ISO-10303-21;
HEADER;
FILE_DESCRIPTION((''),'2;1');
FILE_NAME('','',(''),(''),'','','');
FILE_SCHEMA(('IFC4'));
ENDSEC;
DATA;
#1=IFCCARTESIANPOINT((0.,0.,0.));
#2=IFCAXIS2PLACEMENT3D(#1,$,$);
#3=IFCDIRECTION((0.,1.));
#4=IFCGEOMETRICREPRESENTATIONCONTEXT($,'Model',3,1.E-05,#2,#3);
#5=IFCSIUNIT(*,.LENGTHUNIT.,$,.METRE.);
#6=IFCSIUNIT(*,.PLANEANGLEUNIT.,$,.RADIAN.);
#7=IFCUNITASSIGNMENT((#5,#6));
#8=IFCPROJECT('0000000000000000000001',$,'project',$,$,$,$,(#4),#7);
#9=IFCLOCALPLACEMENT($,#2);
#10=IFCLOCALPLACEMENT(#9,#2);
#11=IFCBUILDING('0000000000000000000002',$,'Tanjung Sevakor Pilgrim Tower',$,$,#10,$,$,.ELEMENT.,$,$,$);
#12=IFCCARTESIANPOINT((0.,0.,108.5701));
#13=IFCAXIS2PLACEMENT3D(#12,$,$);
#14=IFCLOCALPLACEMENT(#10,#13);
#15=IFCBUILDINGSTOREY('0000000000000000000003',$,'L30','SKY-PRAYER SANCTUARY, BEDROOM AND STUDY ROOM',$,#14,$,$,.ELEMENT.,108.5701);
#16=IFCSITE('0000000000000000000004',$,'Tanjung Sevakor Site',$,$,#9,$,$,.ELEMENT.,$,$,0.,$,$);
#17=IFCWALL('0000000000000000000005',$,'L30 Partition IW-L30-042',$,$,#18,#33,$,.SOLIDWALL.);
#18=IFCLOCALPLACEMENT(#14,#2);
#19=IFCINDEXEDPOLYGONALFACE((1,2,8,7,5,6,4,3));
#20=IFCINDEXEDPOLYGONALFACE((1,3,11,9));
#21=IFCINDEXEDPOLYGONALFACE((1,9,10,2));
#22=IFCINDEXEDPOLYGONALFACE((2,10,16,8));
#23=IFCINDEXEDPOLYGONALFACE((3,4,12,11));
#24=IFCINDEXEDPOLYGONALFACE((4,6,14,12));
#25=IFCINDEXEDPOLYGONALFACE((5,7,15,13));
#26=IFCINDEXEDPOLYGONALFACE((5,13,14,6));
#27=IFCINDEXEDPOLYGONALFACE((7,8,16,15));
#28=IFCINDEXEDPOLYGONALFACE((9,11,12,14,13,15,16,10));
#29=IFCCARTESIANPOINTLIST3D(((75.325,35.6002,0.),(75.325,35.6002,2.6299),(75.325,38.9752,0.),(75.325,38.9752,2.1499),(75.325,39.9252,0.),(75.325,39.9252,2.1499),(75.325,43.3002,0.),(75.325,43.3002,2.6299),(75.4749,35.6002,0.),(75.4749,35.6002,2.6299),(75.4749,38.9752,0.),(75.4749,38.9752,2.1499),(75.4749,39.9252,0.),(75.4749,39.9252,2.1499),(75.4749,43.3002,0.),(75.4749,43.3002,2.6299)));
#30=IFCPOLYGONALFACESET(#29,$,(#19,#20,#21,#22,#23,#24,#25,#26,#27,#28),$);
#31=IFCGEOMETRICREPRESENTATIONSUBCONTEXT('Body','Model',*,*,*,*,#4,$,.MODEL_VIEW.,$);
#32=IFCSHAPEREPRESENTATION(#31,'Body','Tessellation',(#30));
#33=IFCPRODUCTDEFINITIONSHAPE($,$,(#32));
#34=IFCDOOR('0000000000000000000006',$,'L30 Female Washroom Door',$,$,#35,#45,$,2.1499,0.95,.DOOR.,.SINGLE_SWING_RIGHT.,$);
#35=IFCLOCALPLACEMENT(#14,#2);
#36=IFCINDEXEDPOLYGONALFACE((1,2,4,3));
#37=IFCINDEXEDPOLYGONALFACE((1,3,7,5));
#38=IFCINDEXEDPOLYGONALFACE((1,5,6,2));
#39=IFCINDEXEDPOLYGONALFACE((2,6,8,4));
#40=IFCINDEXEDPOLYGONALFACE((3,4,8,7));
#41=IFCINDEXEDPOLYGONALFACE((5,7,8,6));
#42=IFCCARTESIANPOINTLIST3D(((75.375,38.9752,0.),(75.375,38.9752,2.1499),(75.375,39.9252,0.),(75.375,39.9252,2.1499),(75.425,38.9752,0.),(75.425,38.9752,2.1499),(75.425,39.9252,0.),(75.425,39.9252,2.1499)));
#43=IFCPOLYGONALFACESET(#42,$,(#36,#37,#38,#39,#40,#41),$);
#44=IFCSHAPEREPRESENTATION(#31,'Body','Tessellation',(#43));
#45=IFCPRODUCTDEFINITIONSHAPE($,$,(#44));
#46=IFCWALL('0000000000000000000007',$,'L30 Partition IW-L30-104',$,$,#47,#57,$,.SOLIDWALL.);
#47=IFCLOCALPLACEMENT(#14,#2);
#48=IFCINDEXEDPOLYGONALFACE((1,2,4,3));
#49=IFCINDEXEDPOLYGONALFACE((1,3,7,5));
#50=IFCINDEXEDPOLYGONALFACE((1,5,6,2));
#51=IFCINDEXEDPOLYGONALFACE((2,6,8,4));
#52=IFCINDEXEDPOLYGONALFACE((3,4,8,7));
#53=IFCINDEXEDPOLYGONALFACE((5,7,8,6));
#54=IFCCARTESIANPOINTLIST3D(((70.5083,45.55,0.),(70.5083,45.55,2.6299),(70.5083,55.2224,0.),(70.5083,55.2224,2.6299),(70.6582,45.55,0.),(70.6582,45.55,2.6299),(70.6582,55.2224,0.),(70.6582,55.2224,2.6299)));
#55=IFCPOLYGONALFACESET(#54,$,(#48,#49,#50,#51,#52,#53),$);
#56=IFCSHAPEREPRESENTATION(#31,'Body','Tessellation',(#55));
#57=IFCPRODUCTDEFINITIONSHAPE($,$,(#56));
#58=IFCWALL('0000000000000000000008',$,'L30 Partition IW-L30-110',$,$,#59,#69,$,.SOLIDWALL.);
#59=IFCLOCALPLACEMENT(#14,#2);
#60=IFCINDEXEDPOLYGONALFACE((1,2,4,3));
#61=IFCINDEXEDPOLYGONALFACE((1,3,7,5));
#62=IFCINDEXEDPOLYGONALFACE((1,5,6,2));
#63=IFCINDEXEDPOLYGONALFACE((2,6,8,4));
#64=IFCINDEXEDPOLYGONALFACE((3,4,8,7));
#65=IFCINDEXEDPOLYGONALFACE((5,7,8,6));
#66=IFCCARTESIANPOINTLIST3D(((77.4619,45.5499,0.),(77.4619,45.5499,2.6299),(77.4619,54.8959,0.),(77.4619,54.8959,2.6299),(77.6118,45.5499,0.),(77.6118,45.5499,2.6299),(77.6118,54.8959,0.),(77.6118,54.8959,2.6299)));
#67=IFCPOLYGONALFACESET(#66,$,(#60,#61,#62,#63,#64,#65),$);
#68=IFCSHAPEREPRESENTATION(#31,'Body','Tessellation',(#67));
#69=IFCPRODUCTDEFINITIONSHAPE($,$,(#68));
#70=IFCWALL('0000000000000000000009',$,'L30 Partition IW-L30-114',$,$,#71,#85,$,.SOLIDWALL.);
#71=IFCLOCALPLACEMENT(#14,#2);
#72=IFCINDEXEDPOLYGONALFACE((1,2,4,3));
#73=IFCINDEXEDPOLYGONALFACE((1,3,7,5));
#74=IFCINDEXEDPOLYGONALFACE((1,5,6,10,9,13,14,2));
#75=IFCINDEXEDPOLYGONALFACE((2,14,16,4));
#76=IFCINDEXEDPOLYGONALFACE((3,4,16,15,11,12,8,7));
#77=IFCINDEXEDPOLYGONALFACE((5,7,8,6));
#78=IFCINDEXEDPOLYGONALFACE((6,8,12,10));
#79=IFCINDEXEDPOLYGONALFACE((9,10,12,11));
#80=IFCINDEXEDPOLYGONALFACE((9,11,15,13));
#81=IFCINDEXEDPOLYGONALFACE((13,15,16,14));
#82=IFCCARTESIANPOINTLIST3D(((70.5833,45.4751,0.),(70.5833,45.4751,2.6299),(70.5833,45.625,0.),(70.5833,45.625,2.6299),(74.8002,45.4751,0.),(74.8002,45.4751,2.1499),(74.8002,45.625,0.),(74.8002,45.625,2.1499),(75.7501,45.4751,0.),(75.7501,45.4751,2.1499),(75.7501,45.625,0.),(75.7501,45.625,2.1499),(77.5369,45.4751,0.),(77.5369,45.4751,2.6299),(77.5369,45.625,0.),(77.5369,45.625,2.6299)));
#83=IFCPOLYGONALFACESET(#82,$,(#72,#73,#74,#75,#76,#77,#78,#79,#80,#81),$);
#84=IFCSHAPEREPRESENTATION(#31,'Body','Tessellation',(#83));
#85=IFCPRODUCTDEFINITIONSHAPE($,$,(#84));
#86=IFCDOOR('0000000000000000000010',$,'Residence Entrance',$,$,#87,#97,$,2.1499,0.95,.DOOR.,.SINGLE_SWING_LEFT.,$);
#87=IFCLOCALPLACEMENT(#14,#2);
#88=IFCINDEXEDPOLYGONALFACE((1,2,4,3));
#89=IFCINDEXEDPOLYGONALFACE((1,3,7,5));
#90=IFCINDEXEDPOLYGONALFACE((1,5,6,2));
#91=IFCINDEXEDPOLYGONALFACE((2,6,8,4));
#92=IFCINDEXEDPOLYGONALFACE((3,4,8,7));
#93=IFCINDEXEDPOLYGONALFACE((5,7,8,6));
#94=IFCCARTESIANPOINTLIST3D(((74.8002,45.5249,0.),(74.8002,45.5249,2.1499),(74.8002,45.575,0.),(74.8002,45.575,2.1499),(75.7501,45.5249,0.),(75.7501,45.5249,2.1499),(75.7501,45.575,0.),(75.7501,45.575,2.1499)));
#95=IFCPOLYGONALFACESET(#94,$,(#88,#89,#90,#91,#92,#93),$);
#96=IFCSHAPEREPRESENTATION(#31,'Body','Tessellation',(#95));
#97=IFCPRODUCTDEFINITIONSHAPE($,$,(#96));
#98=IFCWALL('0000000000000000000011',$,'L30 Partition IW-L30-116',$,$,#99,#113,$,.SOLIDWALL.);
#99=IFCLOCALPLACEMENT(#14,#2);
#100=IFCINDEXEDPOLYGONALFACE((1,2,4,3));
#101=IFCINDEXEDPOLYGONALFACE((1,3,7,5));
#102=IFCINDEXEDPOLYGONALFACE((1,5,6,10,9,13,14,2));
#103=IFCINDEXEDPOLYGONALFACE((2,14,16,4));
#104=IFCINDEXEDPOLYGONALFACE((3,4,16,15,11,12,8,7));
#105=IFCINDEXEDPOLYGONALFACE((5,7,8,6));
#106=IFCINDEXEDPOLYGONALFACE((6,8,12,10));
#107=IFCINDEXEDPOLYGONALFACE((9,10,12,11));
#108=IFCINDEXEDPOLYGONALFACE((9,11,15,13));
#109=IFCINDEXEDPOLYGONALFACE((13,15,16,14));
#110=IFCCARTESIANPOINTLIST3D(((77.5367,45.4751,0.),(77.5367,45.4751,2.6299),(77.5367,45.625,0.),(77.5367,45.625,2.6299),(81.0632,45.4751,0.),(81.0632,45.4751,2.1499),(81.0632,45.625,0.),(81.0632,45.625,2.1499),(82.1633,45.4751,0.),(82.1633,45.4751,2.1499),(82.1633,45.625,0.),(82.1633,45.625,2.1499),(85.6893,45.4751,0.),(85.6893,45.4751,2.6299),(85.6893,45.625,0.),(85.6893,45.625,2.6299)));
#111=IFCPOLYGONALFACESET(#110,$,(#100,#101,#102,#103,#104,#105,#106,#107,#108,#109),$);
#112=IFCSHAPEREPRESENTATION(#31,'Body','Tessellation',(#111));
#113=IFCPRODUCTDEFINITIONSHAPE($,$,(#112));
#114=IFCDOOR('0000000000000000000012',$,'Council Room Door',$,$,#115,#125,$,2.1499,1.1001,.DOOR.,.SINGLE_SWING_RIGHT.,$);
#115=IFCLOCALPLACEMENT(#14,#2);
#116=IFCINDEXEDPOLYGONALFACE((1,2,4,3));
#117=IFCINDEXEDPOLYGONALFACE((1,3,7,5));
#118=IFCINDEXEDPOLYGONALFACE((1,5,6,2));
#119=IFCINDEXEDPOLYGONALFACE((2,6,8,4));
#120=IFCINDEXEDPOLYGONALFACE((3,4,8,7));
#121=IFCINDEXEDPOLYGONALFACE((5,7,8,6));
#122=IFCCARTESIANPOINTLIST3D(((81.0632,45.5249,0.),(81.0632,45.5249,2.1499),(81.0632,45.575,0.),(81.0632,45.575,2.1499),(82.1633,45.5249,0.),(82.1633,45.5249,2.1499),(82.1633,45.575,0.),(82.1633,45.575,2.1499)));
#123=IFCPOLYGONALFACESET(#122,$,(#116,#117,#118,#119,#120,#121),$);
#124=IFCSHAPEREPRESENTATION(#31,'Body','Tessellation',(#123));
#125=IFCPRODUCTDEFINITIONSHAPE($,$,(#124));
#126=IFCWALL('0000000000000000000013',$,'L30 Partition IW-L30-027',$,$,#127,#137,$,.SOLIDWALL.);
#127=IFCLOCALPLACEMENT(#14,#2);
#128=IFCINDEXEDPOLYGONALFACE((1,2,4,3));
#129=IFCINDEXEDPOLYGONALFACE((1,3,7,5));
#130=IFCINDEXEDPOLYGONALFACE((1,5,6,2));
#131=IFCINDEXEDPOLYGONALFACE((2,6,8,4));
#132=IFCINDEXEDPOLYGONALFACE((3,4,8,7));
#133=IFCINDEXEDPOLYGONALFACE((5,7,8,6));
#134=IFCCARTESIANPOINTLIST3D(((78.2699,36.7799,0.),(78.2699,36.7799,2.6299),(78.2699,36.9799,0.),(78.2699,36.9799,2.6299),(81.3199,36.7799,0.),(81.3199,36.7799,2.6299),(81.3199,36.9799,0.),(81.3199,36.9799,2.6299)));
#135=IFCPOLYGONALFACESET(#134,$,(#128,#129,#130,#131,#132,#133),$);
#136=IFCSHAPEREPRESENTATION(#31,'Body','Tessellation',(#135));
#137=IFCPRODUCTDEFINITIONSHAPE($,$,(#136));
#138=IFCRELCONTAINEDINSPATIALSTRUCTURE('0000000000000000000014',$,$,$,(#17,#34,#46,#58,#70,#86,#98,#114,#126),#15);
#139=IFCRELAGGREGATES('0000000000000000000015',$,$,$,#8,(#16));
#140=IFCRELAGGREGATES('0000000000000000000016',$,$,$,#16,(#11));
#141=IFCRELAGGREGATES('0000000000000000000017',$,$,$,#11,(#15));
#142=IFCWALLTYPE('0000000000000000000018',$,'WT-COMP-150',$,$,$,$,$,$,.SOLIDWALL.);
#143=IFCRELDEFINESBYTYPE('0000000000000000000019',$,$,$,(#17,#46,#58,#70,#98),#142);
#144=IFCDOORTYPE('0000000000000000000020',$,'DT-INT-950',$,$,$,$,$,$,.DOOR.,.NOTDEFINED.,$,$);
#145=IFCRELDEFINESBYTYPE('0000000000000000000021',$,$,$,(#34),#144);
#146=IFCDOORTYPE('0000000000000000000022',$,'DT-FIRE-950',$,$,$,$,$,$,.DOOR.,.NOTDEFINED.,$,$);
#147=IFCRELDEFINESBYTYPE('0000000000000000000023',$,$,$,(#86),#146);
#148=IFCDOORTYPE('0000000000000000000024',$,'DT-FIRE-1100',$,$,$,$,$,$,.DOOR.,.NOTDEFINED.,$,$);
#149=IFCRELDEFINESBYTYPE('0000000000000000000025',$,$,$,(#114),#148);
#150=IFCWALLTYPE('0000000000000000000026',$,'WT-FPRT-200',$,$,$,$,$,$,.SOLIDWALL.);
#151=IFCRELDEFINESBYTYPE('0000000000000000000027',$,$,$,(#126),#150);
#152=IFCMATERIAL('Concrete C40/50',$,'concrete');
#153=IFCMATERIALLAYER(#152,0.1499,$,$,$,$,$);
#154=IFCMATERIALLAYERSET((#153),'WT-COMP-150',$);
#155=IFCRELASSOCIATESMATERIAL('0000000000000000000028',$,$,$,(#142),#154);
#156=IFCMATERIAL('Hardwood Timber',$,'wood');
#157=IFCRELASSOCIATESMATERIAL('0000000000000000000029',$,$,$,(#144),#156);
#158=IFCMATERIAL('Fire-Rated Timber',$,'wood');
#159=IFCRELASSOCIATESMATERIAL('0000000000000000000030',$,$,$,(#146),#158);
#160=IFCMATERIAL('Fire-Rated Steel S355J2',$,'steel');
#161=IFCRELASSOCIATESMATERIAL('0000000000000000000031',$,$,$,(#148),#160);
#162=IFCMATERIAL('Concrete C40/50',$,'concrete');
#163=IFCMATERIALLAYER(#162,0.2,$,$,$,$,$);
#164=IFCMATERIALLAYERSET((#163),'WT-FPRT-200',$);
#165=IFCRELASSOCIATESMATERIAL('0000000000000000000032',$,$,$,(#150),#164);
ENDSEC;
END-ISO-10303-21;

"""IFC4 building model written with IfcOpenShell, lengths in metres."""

from ifc_helpers import new_model, si_unit, direction, frame, frame_2d, origin, place, context, subcontext, project, spatial, rectangle, extrude, material, layer, layer_set, type_object, element, fill, save


model = new_model("IFC4")

# Units and contexts
model_context = context("Model", 3, precision=1e-05, world=origin(), true_north=direction((0.0, 1.0)))
body_context = subcontext(model_context, "Body", "Model", "MODEL_VIEW")
ifc_project = project(units=[si_unit("LENGTHUNIT", "METRE"), si_unit("PLANEANGLEUNIT", "RADIAN")], contexts=[model_context])

# Site, building, storey
site_placement = place(None, origin())
site = spatial("IfcSite", under=ifc_project, at=site_placement, Name="Tanjung Sevakor Site", CompositionType="ELEMENT", RefElevation=0.0)
building_placement = place(site_placement, origin())
building = spatial("IfcBuilding", under=site, at=building_placement, Name="Tanjung Sevakor Pilgrim Tower", CompositionType="ELEMENT")
storey_placement = place(building_placement, frame((0.0, 0.0, 108.5701)))
storey = spatial("IfcBuildingStorey", under=building, at=storey_placement, Name="L30", Description="SKY-PRAYER SANCTUARY, BEDROOM AND STUDY ROOM", CompositionType="ELEMENT", Elevation=108.5701)

# Shared definitions
ifc_material_1 = material(Name="Concrete C40/50", Category="concrete")
ifc_layer_1 = layer(ifc_material_1, 0.1499)
ifc_layer_set_1 = layer_set([ifc_layer_1], Name="WT-COMP-150")
wall_type_1 = type_object("IfcWallType", Name="WT-COMP-150", PredefinedType="SOLIDWALL", material=ifc_layer_set_1)

# Wall, opening, door
wall_1_placement = place(storey_placement, frame((75.3999, 35.6001, 0.0), z_axis=(0.0, 0.0, 1.0), x_axis=(0.0, 1.0, 0.0)))
wall_1 = element("IfcWall", 1, at=wall_1_placement, inside=storey, type_object=wall_type_1, Name="L30 Partition IW-L30-042", PredefinedType="SOLIDWALL", context=body_context, shape_type="SweptSolid", body=[
    extrude(rectangle(XDim=7.7, YDim=0.1499, at=frame_2d((3.8501, 0.0))), origin(), (0.0, 0.0, 1.0), 2.6299),
])
opening_1_placement = place(wall_1_placement, frame((3.375, 0.0, 0.0)))
opening_1 = element("IfcOpeningElement", 2, at=opening_1_placement, cuts=wall_1, PredefinedType="OPENING", context=body_context, shape_type="SweptSolid", body=[
    extrude(rectangle(XDim=0.95, YDim=2.1499, at=frame_2d((0.4751, 1.075))), frame((0.0, 0.085, 0.0), z_axis=(0.0, -1.0, 0.0), x_axis=(1.0, 0.0, 0.0)), (0.0, 0.0, 1.0), 0.1699),
])
ifc_material_2 = material(Name="Hardwood Timber", Category="wood")
door_type_1 = type_object("IfcDoorType", Name="DT-INT-950", OperationType="NOTDEFINED", PredefinedType="DOOR", material=ifc_material_2)
door_1_placement = place(opening_1_placement, origin())
door_1 = element("IfcDoor", 3, at=door_1_placement, inside=storey, type_object=door_type_1, Name="L30 Female Washroom Door", OperationType="SINGLE_SWING_RIGHT", OverallHeight=2.1499, OverallWidth=0.95, PredefinedType="DOOR", context=body_context, shape_type="SweptSolid", body=[
    extrude(rectangle(XDim=0.95, YDim=2.1499, at=frame_2d((0.4751, 1.075))), frame((0.0, 0.0249, 0.0), z_axis=(0.0, -1.0, 0.0), x_axis=(1.0, 0.0, 0.0)), (0.0, 0.0, 1.0), 0.05),
])
fill(opening_1, door_1)

# Walls
wall_2_placement = place(storey_placement, frame((70.5833, 45.55, 0.0), z_axis=(0.0, 0.0, 1.0), x_axis=(0.0, 1.0, 0.0)))
element("IfcWall", 4, at=wall_2_placement, inside=storey, type_object=wall_type_1, Name="L30 Partition IW-L30-104", PredefinedType="SOLIDWALL", context=body_context, shape_type="SweptSolid", body=[
    extrude(rectangle(XDim=9.6724, YDim=0.1499, at=frame_2d((4.8362, 0.0))), origin(), (0.0, 0.0, 1.0), 2.6299),
])
wall_3_placement = place(storey_placement, frame((77.5369, 45.55, 0.0), z_axis=(0.0, 0.0, 1.0), x_axis=(0.0, 1.0, 0.0)))
element("IfcWall", 5, at=wall_3_placement, inside=storey, type_object=wall_type_1, Name="L30 Partition IW-L30-110", PredefinedType="SOLIDWALL", context=body_context, shape_type="SweptSolid", body=[
    extrude(rectangle(XDim=9.3459, YDim=0.1499, at=frame_2d((4.6729, 0.0))), origin(), (0.0, 0.0, 1.0), 2.6299),
])

# Walls, openings, doors
wall_4_placement = place(storey_placement, frame((70.5833, 45.55, 0.0), z_axis=(0.0, 0.0, 1.0), x_axis=(1.0, 0.0, 0.0)))
wall_4 = element("IfcWall", 6, at=wall_4_placement, inside=storey, type_object=wall_type_1, Name="L30 Partition IW-L30-114", PredefinedType="SOLIDWALL", context=body_context, shape_type="SweptSolid", body=[
    extrude(rectangle(XDim=6.9536, YDim=0.1499, at=frame_2d((3.4768, 0.0))), origin(), (0.0, 0.0, 1.0), 2.6299),
])
opening_2_placement = place(wall_4_placement, frame((4.2168, 0.0, 0.0)))
opening_2 = element("IfcOpeningElement", 7, at=opening_2_placement, cuts=wall_4, PredefinedType="OPENING", context=body_context, shape_type="SweptSolid", body=[
    extrude(rectangle(XDim=0.95, YDim=2.1499, at=frame_2d((0.4751, 1.075))), frame((0.0, 0.085, 0.0), z_axis=(0.0, -1.0, 0.0), x_axis=(1.0, 0.0, 0.0)), (0.0, 0.0, 1.0), 0.1699),
])
ifc_material_3 = material(Name="Fire-Rated Timber", Category="wood")
door_type_2 = type_object("IfcDoorType", Name="DT-FIRE-950", OperationType="NOTDEFINED", PredefinedType="DOOR", material=ifc_material_3)
door_2_placement = place(opening_2_placement, origin())
door_2 = element("IfcDoor", 8, at=door_2_placement, inside=storey, type_object=door_type_2, Name="Residence Entrance", OperationType="SINGLE_SWING_LEFT", OverallHeight=2.1499, OverallWidth=0.95, PredefinedType="DOOR", context=body_context, shape_type="SweptSolid", body=[
    extrude(rectangle(XDim=0.95, YDim=2.1499, at=frame_2d((0.4751, 1.075))), frame((0.0, 0.0249, 0.0), z_axis=(0.0, -1.0, 0.0), x_axis=(1.0, 0.0, 0.0)), (0.0, 0.0, 1.0), 0.05),
])
fill(opening_2, door_2)
wall_5_placement = place(storey_placement, frame((77.5369, 45.55, 0.0), z_axis=(0.0, 0.0, 1.0), x_axis=(1.0, 0.0, 0.0)))
wall_5 = element("IfcWall", 9, at=wall_5_placement, inside=storey, type_object=wall_type_1, Name="L30 Partition IW-L30-116", PredefinedType="SOLIDWALL", context=body_context, shape_type="SweptSolid", body=[
    extrude(rectangle(XDim=8.1526, YDim=0.1499, at=frame_2d((4.0762, 0.0))), origin(), (0.0, 0.0, 1.0), 2.6299),
])
opening_3_placement = place(wall_5_placement, frame((3.5264, 0.0, 0.0)))
opening_3 = element("IfcOpeningElement", 10, at=opening_3_placement, cuts=wall_5, PredefinedType="OPENING", context=body_context, shape_type="SweptSolid", body=[
    extrude(rectangle(XDim=1.1001, YDim=2.1499, at=frame_2d((0.55, 1.075))), frame((0.0, 0.085, 0.0), z_axis=(0.0, -1.0, 0.0), x_axis=(1.0, 0.0, 0.0)), (0.0, 0.0, 1.0), 0.1699),
])
ifc_material_4 = material(Name="Fire-Rated Steel S355J2", Category="steel")
door_type_3 = type_object("IfcDoorType", Name="DT-FIRE-1100", OperationType="NOTDEFINED", PredefinedType="DOOR", material=ifc_material_4)
door_3_placement = place(opening_3_placement, origin())
door_3 = element("IfcDoor", 11, at=door_3_placement, inside=storey, type_object=door_type_3, Name="Council Room Door", OperationType="SINGLE_SWING_RIGHT", OverallHeight=2.1499, OverallWidth=1.1001, PredefinedType="DOOR", context=body_context, shape_type="SweptSolid", body=[
    extrude(rectangle(XDim=1.1001, YDim=2.1499, at=frame_2d((0.55, 1.075))), frame((0.0, 0.0249, 0.0), z_axis=(0.0, -1.0, 0.0), x_axis=(1.0, 0.0, 0.0)), (0.0, 0.0, 1.0), 0.05),
])
fill(opening_3, door_3)

# Wall
ifc_material_5 = material(Name="Concrete C40/50", Category="concrete")
ifc_layer_2 = layer(ifc_material_5, 0.2)
ifc_layer_set_2 = layer_set([ifc_layer_2], Name="WT-FPRT-200")
wall_type_2 = type_object("IfcWallType", Name="WT-FPRT-200", PredefinedType="SOLIDWALL", material=ifc_layer_set_2)
wall_6_placement = place(storey_placement, frame((78.27, 36.8799, 0.0), z_axis=(0.0, 0.0, 1.0), x_axis=(1.0, 0.0, 0.0)))
element("IfcWall", 12, at=wall_6_placement, inside=storey, type_object=wall_type_2, Name="L30 Partition IW-L30-027", PredefinedType="SOLIDWALL", context=body_context, shape_type="SweptSolid", body=[
    extrude(rectangle(XDim=3.05, YDim=0.2, at=frame_2d((1.5249, 0.0))), origin(), (0.0, 0.0, 1.0), 2.6299),
])

save(model, "model.ifc")
